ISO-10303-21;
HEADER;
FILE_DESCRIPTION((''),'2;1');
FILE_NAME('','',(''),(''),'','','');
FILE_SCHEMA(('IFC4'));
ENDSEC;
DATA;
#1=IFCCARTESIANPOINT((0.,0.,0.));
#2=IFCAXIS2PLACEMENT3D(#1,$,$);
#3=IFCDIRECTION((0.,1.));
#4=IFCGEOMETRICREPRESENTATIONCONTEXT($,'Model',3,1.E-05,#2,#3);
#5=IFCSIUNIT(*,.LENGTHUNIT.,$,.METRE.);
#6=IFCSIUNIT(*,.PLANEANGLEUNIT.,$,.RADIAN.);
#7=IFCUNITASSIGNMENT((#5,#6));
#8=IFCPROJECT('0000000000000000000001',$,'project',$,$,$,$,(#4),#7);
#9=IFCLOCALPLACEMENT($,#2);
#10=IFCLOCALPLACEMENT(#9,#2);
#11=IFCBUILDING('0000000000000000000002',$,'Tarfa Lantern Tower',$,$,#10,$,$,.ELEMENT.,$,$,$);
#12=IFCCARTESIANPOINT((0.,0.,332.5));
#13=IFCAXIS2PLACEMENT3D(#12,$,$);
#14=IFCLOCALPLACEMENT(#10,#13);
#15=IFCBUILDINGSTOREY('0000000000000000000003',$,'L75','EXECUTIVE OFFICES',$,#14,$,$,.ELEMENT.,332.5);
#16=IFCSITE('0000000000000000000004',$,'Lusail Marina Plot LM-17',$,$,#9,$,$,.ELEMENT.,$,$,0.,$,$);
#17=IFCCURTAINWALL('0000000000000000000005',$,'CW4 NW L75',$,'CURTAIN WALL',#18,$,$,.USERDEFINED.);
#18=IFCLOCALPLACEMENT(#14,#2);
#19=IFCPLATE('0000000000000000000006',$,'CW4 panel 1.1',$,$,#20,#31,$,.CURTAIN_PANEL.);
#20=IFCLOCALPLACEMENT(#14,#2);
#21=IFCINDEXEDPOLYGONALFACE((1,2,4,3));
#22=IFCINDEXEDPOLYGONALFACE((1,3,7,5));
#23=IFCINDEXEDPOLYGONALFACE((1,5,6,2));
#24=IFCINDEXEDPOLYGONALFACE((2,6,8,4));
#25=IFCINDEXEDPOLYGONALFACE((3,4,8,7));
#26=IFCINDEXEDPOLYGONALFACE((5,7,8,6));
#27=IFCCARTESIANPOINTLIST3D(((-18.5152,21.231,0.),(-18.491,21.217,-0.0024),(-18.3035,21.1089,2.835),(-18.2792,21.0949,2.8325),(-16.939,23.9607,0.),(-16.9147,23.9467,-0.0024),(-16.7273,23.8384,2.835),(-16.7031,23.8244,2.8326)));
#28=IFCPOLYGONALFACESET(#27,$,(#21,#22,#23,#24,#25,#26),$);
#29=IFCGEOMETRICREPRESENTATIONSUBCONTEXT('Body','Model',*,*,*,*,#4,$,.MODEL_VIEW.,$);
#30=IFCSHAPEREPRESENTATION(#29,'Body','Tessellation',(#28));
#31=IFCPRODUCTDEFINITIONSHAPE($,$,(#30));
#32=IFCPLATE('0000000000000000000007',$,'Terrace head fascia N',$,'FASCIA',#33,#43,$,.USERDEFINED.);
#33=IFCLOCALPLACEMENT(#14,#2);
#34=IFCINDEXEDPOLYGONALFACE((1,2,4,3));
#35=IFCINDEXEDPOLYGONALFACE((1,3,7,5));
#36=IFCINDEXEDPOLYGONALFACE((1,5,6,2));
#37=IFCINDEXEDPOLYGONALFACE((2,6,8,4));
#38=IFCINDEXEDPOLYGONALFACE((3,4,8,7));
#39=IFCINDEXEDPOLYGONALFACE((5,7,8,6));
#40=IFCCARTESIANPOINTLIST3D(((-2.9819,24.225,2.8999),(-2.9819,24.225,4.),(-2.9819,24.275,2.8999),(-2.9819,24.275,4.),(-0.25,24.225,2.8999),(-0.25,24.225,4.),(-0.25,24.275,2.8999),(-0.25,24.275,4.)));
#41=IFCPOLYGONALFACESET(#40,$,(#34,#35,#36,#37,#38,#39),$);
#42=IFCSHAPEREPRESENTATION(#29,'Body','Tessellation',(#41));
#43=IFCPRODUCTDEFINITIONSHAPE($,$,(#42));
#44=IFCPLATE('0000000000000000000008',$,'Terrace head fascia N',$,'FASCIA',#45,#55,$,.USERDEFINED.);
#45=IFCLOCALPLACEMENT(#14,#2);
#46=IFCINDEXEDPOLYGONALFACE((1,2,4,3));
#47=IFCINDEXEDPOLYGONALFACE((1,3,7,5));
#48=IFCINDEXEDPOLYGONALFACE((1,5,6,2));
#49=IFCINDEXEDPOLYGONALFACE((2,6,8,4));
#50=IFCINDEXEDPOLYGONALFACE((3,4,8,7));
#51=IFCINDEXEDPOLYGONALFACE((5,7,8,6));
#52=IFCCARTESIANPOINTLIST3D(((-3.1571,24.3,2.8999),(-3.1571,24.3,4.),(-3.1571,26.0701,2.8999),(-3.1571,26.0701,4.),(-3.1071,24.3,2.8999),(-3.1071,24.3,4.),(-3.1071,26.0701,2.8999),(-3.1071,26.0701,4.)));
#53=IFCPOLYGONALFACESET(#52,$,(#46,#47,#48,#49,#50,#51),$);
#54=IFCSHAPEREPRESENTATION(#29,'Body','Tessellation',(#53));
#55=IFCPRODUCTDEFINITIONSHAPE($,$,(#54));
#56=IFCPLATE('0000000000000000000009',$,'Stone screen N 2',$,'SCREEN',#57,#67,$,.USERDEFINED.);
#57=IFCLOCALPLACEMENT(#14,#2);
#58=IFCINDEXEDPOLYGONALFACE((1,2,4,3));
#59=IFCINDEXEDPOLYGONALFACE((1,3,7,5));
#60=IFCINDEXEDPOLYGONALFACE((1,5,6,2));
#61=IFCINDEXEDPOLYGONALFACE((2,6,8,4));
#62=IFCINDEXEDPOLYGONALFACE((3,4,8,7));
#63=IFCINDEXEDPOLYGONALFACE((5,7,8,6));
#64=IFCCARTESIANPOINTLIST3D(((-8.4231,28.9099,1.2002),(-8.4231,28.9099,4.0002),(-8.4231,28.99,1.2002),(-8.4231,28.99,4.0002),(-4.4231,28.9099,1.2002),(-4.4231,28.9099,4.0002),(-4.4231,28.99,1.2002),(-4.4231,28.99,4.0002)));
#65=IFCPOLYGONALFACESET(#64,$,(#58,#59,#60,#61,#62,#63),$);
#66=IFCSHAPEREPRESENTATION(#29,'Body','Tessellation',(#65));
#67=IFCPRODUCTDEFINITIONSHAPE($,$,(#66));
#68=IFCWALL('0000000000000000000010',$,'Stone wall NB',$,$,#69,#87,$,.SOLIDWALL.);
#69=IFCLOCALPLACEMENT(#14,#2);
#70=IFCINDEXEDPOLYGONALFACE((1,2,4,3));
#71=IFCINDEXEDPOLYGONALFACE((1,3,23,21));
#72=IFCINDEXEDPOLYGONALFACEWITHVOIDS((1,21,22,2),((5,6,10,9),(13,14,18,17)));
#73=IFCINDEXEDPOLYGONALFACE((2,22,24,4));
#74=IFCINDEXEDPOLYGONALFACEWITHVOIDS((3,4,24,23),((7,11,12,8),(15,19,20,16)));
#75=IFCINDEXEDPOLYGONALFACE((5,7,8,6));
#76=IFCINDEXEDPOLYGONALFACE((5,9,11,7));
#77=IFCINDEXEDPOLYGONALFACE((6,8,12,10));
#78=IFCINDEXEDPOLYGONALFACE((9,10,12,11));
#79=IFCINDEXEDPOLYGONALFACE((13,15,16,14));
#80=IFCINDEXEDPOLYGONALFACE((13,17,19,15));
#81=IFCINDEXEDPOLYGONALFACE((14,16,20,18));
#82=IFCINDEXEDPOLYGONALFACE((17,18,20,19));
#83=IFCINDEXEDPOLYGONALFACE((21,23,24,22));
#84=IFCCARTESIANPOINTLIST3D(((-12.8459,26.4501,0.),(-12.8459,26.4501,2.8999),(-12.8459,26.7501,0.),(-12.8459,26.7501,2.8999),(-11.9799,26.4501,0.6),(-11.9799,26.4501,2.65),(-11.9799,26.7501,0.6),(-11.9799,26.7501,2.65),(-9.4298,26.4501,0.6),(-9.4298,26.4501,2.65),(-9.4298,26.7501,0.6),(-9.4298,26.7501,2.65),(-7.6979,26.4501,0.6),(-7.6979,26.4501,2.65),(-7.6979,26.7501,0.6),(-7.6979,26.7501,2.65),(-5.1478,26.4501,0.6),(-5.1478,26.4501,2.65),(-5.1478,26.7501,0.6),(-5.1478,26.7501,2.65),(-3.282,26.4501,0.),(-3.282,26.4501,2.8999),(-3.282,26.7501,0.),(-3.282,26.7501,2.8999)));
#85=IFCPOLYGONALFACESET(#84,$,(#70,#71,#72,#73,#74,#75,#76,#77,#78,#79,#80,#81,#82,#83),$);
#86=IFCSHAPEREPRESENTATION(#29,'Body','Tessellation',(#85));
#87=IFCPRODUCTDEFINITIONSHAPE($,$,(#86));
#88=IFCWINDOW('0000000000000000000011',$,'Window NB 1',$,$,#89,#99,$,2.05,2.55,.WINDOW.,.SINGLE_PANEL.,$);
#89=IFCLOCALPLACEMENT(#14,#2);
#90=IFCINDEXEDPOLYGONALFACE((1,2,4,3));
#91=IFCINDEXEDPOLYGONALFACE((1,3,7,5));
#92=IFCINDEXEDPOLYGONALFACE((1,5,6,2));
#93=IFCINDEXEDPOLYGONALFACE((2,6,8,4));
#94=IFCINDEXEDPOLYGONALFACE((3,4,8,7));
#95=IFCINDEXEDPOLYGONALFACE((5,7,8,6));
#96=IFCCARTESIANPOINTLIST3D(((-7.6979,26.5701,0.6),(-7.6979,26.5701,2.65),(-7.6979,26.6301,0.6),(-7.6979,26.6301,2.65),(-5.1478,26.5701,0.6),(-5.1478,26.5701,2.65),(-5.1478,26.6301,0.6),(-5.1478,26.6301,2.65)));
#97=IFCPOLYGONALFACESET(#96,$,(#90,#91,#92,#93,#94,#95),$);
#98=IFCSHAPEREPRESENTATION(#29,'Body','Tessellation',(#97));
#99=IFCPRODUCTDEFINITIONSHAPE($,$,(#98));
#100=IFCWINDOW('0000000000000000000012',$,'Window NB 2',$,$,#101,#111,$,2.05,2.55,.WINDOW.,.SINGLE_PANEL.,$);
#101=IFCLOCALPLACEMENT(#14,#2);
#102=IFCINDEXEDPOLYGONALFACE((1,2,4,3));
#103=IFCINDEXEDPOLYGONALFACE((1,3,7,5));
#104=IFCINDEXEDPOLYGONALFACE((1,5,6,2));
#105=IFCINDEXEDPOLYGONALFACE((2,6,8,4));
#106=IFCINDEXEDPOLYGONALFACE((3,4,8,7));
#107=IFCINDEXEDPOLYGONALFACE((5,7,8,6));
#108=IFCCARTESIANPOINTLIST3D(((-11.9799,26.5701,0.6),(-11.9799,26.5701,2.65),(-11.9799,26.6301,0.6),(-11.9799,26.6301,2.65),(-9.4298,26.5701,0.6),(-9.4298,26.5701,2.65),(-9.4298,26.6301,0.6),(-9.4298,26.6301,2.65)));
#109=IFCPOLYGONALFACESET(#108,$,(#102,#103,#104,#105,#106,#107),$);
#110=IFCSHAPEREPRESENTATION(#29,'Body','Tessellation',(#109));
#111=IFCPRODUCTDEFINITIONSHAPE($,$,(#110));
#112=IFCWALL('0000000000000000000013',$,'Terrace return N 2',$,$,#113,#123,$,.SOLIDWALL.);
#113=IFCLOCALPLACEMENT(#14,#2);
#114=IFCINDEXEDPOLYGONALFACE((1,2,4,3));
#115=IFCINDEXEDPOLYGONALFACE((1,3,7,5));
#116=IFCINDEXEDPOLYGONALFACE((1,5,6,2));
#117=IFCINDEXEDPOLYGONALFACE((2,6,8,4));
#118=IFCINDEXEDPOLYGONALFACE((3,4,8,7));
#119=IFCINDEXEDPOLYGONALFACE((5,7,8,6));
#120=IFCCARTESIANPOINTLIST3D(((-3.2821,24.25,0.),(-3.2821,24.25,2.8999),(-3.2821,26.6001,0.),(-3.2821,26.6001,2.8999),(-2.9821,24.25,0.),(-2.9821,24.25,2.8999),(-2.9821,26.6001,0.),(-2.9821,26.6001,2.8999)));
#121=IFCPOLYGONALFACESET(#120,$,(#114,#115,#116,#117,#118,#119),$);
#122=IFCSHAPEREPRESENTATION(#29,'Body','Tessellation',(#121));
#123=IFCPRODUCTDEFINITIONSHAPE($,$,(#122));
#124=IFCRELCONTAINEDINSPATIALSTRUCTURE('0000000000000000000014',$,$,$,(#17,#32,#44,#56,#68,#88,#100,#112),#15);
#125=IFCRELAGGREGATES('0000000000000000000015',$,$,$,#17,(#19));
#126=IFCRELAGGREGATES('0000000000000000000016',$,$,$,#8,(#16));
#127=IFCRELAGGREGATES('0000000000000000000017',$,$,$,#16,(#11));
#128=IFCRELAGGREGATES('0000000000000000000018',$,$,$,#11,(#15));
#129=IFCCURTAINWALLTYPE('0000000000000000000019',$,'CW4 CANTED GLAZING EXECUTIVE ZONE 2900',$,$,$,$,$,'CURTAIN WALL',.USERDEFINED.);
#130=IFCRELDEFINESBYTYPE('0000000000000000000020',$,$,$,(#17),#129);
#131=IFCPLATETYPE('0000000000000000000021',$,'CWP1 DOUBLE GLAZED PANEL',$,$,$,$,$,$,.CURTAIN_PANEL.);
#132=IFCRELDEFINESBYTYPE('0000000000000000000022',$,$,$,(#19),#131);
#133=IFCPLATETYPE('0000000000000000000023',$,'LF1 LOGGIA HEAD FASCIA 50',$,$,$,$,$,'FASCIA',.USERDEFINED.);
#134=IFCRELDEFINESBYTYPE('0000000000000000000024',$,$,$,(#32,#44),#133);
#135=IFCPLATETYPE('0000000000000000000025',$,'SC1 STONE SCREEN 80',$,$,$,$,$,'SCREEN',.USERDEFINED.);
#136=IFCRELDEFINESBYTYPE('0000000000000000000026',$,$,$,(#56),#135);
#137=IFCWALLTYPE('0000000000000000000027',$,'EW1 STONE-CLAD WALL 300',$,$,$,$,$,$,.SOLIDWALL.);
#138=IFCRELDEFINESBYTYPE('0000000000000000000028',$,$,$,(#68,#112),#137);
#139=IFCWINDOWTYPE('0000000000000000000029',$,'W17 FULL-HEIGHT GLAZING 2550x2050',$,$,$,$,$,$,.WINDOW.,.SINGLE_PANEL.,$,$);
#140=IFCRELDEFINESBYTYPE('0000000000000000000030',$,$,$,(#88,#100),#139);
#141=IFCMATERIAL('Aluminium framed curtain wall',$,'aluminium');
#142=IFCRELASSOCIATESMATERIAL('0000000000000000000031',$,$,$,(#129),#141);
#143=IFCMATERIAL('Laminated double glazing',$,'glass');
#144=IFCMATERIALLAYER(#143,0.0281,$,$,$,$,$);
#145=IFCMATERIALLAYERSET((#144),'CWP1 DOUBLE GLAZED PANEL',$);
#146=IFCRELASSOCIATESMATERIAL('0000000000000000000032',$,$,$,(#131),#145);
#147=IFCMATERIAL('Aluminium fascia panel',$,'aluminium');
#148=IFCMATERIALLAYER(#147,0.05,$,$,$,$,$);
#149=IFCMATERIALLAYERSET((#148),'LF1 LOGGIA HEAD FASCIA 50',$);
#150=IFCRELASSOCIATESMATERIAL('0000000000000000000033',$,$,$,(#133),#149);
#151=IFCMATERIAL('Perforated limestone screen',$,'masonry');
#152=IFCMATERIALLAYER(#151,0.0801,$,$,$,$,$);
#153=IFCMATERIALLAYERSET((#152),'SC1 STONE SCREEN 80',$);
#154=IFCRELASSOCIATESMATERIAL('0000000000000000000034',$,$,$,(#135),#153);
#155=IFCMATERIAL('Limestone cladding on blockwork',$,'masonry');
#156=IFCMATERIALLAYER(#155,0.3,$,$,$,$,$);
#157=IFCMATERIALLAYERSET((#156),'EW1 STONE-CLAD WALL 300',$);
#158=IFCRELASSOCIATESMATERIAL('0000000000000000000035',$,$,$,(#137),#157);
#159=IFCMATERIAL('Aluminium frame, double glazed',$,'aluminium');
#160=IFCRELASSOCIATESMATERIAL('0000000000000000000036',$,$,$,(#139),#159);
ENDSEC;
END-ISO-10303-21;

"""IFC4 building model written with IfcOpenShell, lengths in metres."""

from ifc_helpers import new_model, si_unit, direction, frame, frame_2d, origin, origin_2d, place, context, subcontext, project, spatial, polyline, rectangle, outline, extrude, material, layer, layer_set, type_object, element, fill, aggregate, save


model = new_model("IFC4")

# Units and contexts
model_context = context("Model", 3, precision=1e-05, world=origin(), true_north=direction((0.0, 1.0)))
body_context = subcontext(model_context, "Body", "Model", "MODEL_VIEW")
ifc_project = project(units=[si_unit("LENGTHUNIT", "METRE"), si_unit("PLANEANGLEUNIT", "RADIAN")], contexts=[model_context])

# Site, building, storey
site_placement = place(None, origin())
site = spatial("IfcSite", under=ifc_project, at=site_placement, Name="Lusail Marina Plot LM-17", CompositionType="ELEMENT", RefElevation=0.0)
building_placement = place(site_placement, origin())
building = spatial("IfcBuilding", under=site, at=building_placement, Name="Tarfa Lantern Tower", CompositionType="ELEMENT")
storey_placement = place(building_placement, frame((0.0, 0.0, 332.5)))
storey = spatial("IfcBuildingStorey", under=building, at=storey_placement, Name="L75", Description="EXECUTIVE OFFICES", CompositionType="ELEMENT", Elevation=332.5)

# Curtain wall
ifc_material_1 = material(Name="Aluminium framed curtain wall", Category="aluminium")
curtain_wall_type = type_object("IfcCurtainWallType", Name="CW4 CANTED GLAZING EXECUTIVE ZONE 2900", ElementType="CURTAIN WALL", PredefinedType="USERDEFINED", material=ifc_material_1)
curtain_wall_placement = place(storey_placement, origin())
curtain_wall = element("IfcCurtainWall", 1, at=curtain_wall_placement, inside=storey, type_object=curtain_wall_type, Name="CW4 NW L75", ObjectType="CURTAIN WALL", PredefinedType="USERDEFINED")

# Plate
ifc_material_2 = material(Name="Laminated double glazing", Category="glass")
ifc_layer_1 = layer(ifc_material_2, 0.0281)
ifc_layer_set_1 = layer_set([ifc_layer_1], Name="CWP1 DOUBLE GLAZED PANEL")
plate_type_1 = type_object("IfcPlateType", Name="CWP1 DOUBLE GLAZED PANEL", PredefinedType="CURTAIN_PANEL", material=ifc_layer_set_1)
plate_1_placement = place(storey_placement, frame((-16.939, 23.9607, 0.0), z_axis=(-0.862794, 0.498206, 0.085893), x_axis=(-0.500054, -0.865994, 0.000002)))
plate_1 = element("IfcPlate", 2, at=plate_1_placement, type_object=plate_type_1, Name="CW4 panel 1.1", PredefinedType="CURTAIN_PANEL", context=body_context, shape_type="SweptSolid", body=[
    extrude(outline(polyline([(0.0, 0.0), (3.1521, 0.0), (3.152, 2.8455), (0.0001, 2.8455), (0.0, 0.0)])), origin(), (0.0, 0.0, -1.0), 0.0281),
])
aggregate(curtain_wall, [plate_1])

# Plates
ifc_material_3 = material(Name="Aluminium fascia panel", Category="aluminium")
ifc_layer_2 = layer(ifc_material_3, 0.05)
ifc_layer_set_2 = layer_set([ifc_layer_2], Name="LF1 LOGGIA HEAD FASCIA 50")
plate_type_2 = type_object("IfcPlateType", Name="LF1 LOGGIA HEAD FASCIA 50", ElementType="FASCIA", PredefinedType="USERDEFINED", material=ifc_layer_set_2)
plate_2_placement = place(storey_placement, frame((-1.616, 24.25, 2.8999), z_axis=(0.0, 0.0, 1.0), x_axis=(-1.0, 0.0, 0.0)))
element("IfcPlate", 3, at=plate_2_placement, inside=storey, type_object=plate_type_2, Name="Terrace head fascia N", ObjectType="FASCIA", PredefinedType="USERDEFINED", context=body_context, shape_type="SweptSolid", body=[
    extrude(rectangle(XDim=2.7319, YDim=0.05, at=origin_2d()), origin(), (0.0, 0.0, 1.0), 1.1001),
])
plate_3_placement = place(storey_placement, frame((-3.1321, 25.1851, 2.8999), z_axis=(0.0, 0.0, 1.0), x_axis=(0.0, -1.0, 0.0)))
element("IfcPlate", 4, at=plate_3_placement, inside=storey, type_object=plate_type_2, Name="Terrace head fascia N", ObjectType="FASCIA", PredefinedType="USERDEFINED", context=body_context, shape_type="SweptSolid", body=[
    extrude(rectangle(XDim=1.77, YDim=0.05, at=origin_2d()), origin(), (0.0, 0.0, 1.0), 1.1001),
])
ifc_material_4 = material(Name="Perforated limestone screen", Category="masonry")
ifc_layer_3 = layer(ifc_material_4, 0.0801)
ifc_layer_set_3 = layer_set([ifc_layer_3], Name="SC1 STONE SCREEN 80")
plate_type_3 = type_object("IfcPlateType", Name="SC1 STONE SCREEN 80", ElementType="SCREEN", PredefinedType="USERDEFINED", material=ifc_layer_set_3)
plate_4_placement = place(storey_placement, frame((-6.4231, 28.95, 1.2002), z_axis=(0.0, 0.0, 1.0), x_axis=(-1.0, 0.0, 0.0)))
element("IfcPlate", 5, at=plate_4_placement, inside=storey, type_object=plate_type_3, Name="Stone screen N 2", ObjectType="SCREEN", PredefinedType="USERDEFINED", context=body_context, shape_type="SweptSolid", body=[
    extrude(rectangle(XDim=4.0, YDim=0.0801, at=origin_2d()), origin(), (0.0, 0.0, 1.0), 2.8),
])

# Wall, openings, windows
ifc_material_5 = material(Name="Limestone cladding on blockwork", Category="masonry")
ifc_layer_4 = layer(ifc_material_5, 0.3)
ifc_layer_set_4 = layer_set([ifc_layer_4], Name="EW1 STONE-CLAD WALL 300")
wall_type = type_object("IfcWallType", Name="EW1 STONE-CLAD WALL 300", PredefinedType="SOLIDWALL", material=ifc_layer_set_4)
wall_1_placement = place(storey_placement, frame((-3.282, 26.6001, 0.0), z_axis=(0.0, 0.0, 1.0), x_axis=(-1.0, 0.0, 0.0)))
wall_1 = element("IfcWall", 6, at=wall_1_placement, inside=storey, type_object=wall_type, Name="Stone wall NB", PredefinedType="SOLIDWALL", context=body_context, shape_type="SweptSolid", body=[
    extrude(rectangle(XDim=9.564, YDim=0.3, at=frame_2d((4.782, 0.0))), origin(), (0.0, 0.0, 1.0), 2.8999),
])
opening_1_placement = place(wall_1_placement, frame((1.866, 0.0, 0.6001)))
opening_1 = element("IfcOpeningElement", 7, at=opening_1_placement, cuts=wall_1, PredefinedType="OPENING", context=body_context, shape_type="SweptSolid", body=[
    extrude(rectangle(XDim=2.55, YDim=2.05, at=frame_2d((1.2749, 1.0249))), frame((0.0, 0.1599, 0.0), z_axis=(0.0, -1.0, 0.0), x_axis=(1.0, 0.0, 0.0)), (0.0, 0.0, 1.0), 0.3201),
])
opening_2_placement = place(wall_1_placement, frame((6.1479, 0.0, 0.6001)))
opening_2 = element("IfcOpeningElement", 8, at=opening_2_placement, cuts=wall_1, PredefinedType="OPENING", context=body_context, shape_type="SweptSolid", body=[
    extrude(rectangle(XDim=2.55, YDim=2.05, at=frame_2d((1.2749, 1.0249))), frame((0.0, 0.1599, 0.0), z_axis=(0.0, -1.0, 0.0), x_axis=(1.0, 0.0, 0.0)), (0.0, 0.0, 1.0), 0.3201),
])
ifc_material_6 = material(Name="Aluminium frame, double glazed", Category="aluminium")
window_type = type_object("IfcWindowType", Name="W17 FULL-HEIGHT GLAZING 2550x2050", PartitioningType="SINGLE_PANEL", PredefinedType="WINDOW", material=ifc_material_6)
window_1_placement = place(opening_1_placement, origin())
window_1 = element("IfcWindow", 9, at=window_1_placement, inside=storey, type_object=window_type, Name="Window NB 1", OverallHeight=2.05, OverallWidth=2.55, PartitioningType="SINGLE_PANEL", PredefinedType="WINDOW", context=body_context, shape_type="SweptSolid", body=[
    extrude(rectangle(XDim=2.55, YDim=2.05, at=frame_2d((1.2749, 1.0249))), frame((0.0, 0.03, 0.0), z_axis=(0.0, -1.0, 0.0), x_axis=(1.0, 0.0, 0.0)), (0.0, 0.0, 1.0), 0.0601),
])
fill(opening_1, window_1)
window_2_placement = place(opening_2_placement, origin())
window_2 = element("IfcWindow", 10, at=window_2_placement, inside=storey, type_object=window_type, Name="Window NB 2", OverallHeight=2.05, OverallWidth=2.55, PartitioningType="SINGLE_PANEL", PredefinedType="WINDOW", context=body_context, shape_type="SweptSolid", body=[
    extrude(rectangle(XDim=2.55, YDim=2.05, at=frame_2d((1.2749, 1.0249))), frame((0.0, 0.03, 0.0), z_axis=(0.0, -1.0, 0.0), x_axis=(1.0, 0.0, 0.0)), (0.0, 0.0, 1.0), 0.0601),
])
fill(opening_2, window_2)

# Wall
wall_2_placement = place(storey_placement, frame((-3.1321, 26.6001, 0.0), z_axis=(0.0, 0.0, 1.0), x_axis=(0.0, -1.0, 0.0)))
element("IfcWall", 11, at=wall_2_placement, inside=storey, type_object=wall_type, Name="Terrace return N 2", PredefinedType="SOLIDWALL", context=body_context, shape_type="SweptSolid", body=[
    extrude(rectangle(XDim=2.3501, YDim=0.3, at=frame_2d((1.175, 0.0))), origin(), (0.0, 0.0, 1.0), 2.8999),
])

save(model, "model.ifc")
